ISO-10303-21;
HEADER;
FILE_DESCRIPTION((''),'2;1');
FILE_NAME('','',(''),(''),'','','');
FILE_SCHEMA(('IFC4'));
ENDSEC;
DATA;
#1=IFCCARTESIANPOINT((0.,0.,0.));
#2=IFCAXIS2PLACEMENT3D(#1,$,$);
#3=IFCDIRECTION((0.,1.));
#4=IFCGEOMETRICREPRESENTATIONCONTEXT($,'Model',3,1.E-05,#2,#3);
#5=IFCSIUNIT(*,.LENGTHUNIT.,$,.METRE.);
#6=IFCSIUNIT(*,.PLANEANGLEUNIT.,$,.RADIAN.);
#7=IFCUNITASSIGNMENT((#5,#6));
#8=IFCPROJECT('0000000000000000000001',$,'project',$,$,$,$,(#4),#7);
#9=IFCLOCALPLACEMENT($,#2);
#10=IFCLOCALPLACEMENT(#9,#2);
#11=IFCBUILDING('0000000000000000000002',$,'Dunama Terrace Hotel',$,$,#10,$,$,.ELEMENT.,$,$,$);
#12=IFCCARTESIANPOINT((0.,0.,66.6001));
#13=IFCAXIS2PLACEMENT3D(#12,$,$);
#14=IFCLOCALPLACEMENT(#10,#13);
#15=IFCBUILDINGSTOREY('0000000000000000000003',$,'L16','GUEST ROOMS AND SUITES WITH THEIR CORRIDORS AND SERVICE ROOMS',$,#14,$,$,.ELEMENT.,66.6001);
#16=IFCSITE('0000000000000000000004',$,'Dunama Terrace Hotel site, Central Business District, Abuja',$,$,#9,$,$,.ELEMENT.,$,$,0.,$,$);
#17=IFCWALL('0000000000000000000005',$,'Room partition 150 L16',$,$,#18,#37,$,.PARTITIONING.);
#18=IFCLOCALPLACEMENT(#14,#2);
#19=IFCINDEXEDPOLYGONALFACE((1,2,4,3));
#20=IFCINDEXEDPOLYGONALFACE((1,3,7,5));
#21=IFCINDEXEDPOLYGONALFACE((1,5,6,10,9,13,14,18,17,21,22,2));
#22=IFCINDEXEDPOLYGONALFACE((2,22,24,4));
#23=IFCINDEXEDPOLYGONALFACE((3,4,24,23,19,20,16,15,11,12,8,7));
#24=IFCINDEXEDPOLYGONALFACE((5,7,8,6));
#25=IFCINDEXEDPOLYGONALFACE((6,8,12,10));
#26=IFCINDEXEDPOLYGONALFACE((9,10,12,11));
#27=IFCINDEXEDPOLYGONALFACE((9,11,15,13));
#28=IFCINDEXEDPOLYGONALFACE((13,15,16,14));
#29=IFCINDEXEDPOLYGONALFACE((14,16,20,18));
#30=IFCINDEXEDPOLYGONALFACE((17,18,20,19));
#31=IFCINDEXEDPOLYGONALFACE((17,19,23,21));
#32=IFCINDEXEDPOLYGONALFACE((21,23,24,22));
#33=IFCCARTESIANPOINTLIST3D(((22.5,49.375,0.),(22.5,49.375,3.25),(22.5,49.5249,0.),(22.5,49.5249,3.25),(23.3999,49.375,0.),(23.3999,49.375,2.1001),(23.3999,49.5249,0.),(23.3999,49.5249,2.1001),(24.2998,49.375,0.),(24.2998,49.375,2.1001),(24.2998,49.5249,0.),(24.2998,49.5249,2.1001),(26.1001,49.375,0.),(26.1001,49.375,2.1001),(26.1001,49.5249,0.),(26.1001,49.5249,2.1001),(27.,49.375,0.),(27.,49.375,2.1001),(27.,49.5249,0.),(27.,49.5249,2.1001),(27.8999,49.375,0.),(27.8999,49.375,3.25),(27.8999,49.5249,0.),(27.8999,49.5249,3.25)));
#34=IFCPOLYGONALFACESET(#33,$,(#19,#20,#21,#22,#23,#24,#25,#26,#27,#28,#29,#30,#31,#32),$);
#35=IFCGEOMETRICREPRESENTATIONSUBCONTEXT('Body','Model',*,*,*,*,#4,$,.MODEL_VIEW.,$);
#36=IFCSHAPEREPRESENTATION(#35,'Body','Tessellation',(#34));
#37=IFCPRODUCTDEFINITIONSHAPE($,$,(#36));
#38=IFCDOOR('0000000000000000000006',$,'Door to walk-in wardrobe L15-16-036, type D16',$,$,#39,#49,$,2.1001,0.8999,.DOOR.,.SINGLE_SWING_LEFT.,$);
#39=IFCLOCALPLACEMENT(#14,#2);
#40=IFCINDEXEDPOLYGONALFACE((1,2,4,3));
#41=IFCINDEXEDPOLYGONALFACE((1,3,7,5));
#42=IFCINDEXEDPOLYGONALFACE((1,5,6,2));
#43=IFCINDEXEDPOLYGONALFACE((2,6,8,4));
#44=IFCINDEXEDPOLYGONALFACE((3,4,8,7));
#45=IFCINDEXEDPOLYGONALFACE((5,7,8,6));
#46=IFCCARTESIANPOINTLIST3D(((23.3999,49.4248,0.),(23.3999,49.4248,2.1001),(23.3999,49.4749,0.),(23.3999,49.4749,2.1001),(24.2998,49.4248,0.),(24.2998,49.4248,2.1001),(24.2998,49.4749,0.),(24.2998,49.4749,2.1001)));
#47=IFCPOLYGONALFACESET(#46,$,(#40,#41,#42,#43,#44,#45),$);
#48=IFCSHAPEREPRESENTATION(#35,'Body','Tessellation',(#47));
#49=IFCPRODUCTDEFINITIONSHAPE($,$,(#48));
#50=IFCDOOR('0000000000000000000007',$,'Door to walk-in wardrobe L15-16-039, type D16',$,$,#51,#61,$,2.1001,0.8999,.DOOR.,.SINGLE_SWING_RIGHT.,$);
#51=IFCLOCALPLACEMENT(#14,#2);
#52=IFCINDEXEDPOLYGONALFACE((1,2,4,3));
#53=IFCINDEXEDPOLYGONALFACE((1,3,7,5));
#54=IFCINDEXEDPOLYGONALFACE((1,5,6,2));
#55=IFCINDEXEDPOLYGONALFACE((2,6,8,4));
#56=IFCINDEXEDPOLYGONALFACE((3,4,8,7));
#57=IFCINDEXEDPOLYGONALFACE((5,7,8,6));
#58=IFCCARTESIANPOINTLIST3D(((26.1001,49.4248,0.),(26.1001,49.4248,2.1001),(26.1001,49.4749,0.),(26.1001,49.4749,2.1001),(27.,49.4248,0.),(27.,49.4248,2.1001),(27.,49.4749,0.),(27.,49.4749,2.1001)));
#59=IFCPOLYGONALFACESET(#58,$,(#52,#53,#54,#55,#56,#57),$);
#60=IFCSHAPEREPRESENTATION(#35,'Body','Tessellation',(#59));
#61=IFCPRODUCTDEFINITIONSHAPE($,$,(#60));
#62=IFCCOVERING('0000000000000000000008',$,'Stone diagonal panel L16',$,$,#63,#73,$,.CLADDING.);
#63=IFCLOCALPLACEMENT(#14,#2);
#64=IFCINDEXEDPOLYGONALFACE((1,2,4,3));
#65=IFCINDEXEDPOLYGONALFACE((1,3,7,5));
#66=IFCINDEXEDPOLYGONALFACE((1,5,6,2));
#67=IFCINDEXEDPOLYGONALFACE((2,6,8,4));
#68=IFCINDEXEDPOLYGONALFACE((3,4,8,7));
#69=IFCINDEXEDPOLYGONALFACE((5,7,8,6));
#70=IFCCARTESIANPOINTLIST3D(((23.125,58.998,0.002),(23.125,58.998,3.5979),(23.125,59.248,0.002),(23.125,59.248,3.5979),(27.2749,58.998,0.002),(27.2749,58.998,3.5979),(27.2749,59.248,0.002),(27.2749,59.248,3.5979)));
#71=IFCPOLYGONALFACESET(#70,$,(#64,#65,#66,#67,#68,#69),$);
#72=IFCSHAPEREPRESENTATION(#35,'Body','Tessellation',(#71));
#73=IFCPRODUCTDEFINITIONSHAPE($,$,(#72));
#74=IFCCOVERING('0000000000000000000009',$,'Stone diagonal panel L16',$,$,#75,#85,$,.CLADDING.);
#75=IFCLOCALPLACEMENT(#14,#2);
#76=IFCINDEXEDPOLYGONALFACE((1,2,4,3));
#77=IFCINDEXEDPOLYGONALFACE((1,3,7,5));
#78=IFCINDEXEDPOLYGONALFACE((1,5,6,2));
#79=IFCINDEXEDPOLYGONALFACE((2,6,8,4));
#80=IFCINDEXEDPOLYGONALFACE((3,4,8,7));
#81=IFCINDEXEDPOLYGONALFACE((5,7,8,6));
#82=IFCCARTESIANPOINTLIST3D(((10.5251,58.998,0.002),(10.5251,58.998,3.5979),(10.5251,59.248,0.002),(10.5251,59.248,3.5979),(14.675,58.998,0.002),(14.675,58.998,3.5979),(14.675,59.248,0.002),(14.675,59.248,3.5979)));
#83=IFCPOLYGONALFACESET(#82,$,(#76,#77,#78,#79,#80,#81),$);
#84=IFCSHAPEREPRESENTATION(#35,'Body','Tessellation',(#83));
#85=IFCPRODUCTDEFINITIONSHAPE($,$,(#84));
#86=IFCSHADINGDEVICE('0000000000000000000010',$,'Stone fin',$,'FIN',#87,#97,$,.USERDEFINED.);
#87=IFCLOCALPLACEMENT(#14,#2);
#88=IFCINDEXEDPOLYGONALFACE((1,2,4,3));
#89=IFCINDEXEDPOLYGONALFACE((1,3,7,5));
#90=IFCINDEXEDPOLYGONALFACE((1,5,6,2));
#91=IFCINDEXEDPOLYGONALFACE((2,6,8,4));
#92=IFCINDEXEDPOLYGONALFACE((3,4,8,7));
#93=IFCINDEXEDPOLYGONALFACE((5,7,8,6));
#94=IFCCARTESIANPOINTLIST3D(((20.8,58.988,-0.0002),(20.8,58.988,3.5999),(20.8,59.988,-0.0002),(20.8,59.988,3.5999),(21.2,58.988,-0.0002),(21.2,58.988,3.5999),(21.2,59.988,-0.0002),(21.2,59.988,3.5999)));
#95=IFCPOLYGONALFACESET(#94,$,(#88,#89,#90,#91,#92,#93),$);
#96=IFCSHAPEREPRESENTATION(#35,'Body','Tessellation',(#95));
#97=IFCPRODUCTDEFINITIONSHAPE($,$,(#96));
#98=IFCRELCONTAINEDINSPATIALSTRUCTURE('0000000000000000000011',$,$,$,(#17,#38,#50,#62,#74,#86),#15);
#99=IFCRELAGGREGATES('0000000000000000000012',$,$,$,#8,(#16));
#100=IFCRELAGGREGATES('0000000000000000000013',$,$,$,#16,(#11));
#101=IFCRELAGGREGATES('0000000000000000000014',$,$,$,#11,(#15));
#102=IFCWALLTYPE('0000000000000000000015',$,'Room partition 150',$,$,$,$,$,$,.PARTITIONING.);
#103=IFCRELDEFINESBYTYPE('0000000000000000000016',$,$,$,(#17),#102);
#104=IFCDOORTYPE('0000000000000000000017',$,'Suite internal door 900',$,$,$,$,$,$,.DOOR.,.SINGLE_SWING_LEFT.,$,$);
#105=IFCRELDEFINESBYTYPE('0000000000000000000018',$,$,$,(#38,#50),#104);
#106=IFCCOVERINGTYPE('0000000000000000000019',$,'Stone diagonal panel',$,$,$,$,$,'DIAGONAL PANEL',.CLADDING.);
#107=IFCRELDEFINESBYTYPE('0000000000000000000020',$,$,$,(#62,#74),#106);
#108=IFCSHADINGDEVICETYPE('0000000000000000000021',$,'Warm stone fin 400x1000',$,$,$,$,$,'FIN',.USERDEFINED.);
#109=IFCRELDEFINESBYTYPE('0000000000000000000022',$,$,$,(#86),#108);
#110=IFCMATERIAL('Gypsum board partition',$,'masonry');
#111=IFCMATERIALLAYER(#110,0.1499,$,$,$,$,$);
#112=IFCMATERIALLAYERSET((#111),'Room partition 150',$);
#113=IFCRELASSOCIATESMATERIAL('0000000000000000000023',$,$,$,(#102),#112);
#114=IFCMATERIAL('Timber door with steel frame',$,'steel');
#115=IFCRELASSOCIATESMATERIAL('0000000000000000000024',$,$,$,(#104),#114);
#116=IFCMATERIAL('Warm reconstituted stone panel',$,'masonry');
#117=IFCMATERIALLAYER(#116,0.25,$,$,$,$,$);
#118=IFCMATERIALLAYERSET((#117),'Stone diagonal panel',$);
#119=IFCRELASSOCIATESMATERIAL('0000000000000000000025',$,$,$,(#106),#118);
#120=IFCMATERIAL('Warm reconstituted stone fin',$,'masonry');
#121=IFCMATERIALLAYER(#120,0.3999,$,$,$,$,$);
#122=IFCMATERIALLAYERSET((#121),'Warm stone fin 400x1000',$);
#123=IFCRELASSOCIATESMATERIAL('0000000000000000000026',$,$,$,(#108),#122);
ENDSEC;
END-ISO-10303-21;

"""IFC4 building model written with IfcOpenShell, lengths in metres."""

from ifc_helpers import new_model, si_unit, direction, frame, frame_2d, origin, origin_2d, place, context, subcontext, project, spatial, rectangle, extrude, material, layer, layer_set, type_object, element, fill, save


model = new_model("IFC4")

# Units and contexts
model_context = context("Model", 3, precision=1e-05, world=origin(), true_north=direction((0.0, 1.0)))
body_context = subcontext(model_context, "Body", "Model", "MODEL_VIEW")
ifc_project = project(units=[si_unit("LENGTHUNIT", "METRE"), si_unit("PLANEANGLEUNIT", "RADIAN")], contexts=[model_context])

# Site, building, storey
site_placement = place(None, origin())
site = spatial("IfcSite", under=ifc_project, at=site_placement, Name="Dunama Terrace Hotel site, Central Business District, Abuja", CompositionType="ELEMENT", RefElevation=0.0)
building_placement = place(site_placement, origin())
building = spatial("IfcBuilding", under=site, at=building_placement, Name="Dunama Terrace Hotel", CompositionType="ELEMENT")
storey_placement = place(building_placement, frame((0.0, 0.0, 66.6001)))
storey = spatial("IfcBuildingStorey", under=building, at=storey_placement, Name="L16", Description="GUEST ROOMS AND SUITES WITH THEIR CORRIDORS AND SERVICE ROOMS", CompositionType="ELEMENT", Elevation=66.6001)

# Shared definitions
ifc_material_1 = material(Name="Gypsum board partition", Category="masonry")
ifc_layer_1 = layer(ifc_material_1, 0.1499)
ifc_layer_set_1 = layer_set([ifc_layer_1], Name="Room partition 150")
wall_type_1 = type_object("IfcWallType", Name="Room partition 150", PredefinedType="PARTITIONING", material=ifc_layer_set_1)

# Shared definitions
ifc_material_2 = material(Name="Timber door with steel frame", Category="steel")
door_type_1 = type_object("IfcDoorType", Name="Suite internal door 900", OperationType="SINGLE_SWING_LEFT", PredefinedType="DOOR", material=ifc_material_2)

# Wall, openings, doors
wall_1_placement = place(storey_placement, frame((22.5, 49.45, 0.0), z_axis=(0.0, 0.0, 1.0), x_axis=(1.0, 0.0, 0.0)))
wall_1 = element("IfcWall", 1, at=wall_1_placement, inside=storey, type_object=wall_type_1, Name="Room partition 150 L16", PredefinedType="PARTITIONING", context=body_context, shape_type="SweptSolid", body=[
    extrude(rectangle(XDim=5.3999, YDim=0.1499, at=frame_2d((2.7, 0.0))), origin(), (0.0, 0.0, 1.0), 3.25),
])
opening_1_placement = place(wall_1_placement, frame((0.8999, 0.0, 0.0)))
opening_1 = element("IfcOpeningElement", 2, at=opening_1_placement, cuts=wall_1, PredefinedType="OPENING", context=body_context, shape_type="SweptSolid", body=[
    extrude(rectangle(XDim=0.8999, YDim=2.1001, at=frame_2d((0.45, 1.05))), frame((0.0, 0.085, 0.0), z_axis=(0.0, -1.0, 0.0), x_axis=(1.0, 0.0, 0.0)), (0.0, 0.0, 1.0), 0.1699),
])
opening_2_placement = place(wall_1_placement, frame((3.6001, 0.0, 0.0)))
opening_2 = element("IfcOpeningElement", 3, at=opening_2_placement, cuts=wall_1, PredefinedType="OPENING", context=body_context, shape_type="SweptSolid", body=[
    extrude(rectangle(XDim=0.8999, YDim=2.1001, at=frame_2d((0.45, 1.05))), frame((0.0, 0.085, 0.0), z_axis=(0.0, -1.0, 0.0), x_axis=(1.0, 0.0, 0.0)), (0.0, 0.0, 1.0), 0.1699),
])
door_1_placement = place(opening_1_placement, frame((0.8999, 0.0, 0.0), z_axis=(0.0, 0.0, 1.0), x_axis=(-1.0, 0.0, 0.0)))
door_1 = element("IfcDoor", 4, at=door_1_placement, inside=storey, type_object=door_type_1, Name="Door to walk-in wardrobe L15-16-036, type D16", OperationType="SINGLE_SWING_LEFT", OverallHeight=2.1001, OverallWidth=0.8999, PredefinedType="DOOR", context=body_context, shape_type="SweptSolid", body=[
    extrude(rectangle(XDim=0.8999, YDim=2.1001, at=frame_2d((0.45, 1.05))), frame((0.0, 0.0251, 0.0), z_axis=(0.0, -1.0, 0.0), x_axis=(1.0, 0.0, 0.0)), (0.0, 0.0, 1.0), 0.05),
])
fill(opening_1, door_1)
door_2_placement = place(opening_2_placement, frame((0.8999, 0.0, 0.0), z_axis=(0.0, 0.0, 1.0), x_axis=(-1.0, 0.0, 0.0)))
door_2 = element("IfcDoor", 5, at=door_2_placement, inside=storey, type_object=door_type_1, Name="Door to walk-in wardrobe L15-16-039, type D16", OperationType="SINGLE_SWING_RIGHT", OverallHeight=2.1001, OverallWidth=0.8999, PredefinedType="DOOR", context=body_context, shape_type="SweptSolid", body=[
    extrude(rectangle(XDim=0.8999, YDim=2.1001, at=frame_2d((0.45, 1.05))), frame((0.0, 0.0251, 0.0), z_axis=(0.0, -1.0, 0.0), x_axis=(1.0, 0.0, 0.0)), (0.0, 0.0, 1.0), 0.05),
])
fill(opening_2, door_2)

# Coverings
ifc_material_3 = material(Name="Warm reconstituted stone panel", Category="masonry")
ifc_layer_2 = layer(ifc_material_3, 0.25)
ifc_layer_set_2 = layer_set([ifc_layer_2], Name="Stone diagonal panel")
covering_type = type_object("IfcCoveringType", Name="Stone diagonal panel", ElementType="DIAGONAL PANEL", PredefinedType="CLADDING", material=ifc_layer_set_2)
for number, where, z_axis, x_axis, name in (
    (6, (25.2, 59.123, 0.002), (0.0, 0.0, 1.0), (-1.0, 0.0, 0.0), "Stone diagonal panel L16"),
    (7, (12.6001, 59.123, 0.002), (0.0, 0.0, 1.0), (-1.0, 0.0, 0.0), "Stone diagonal panel L16"),
):
    element("IfcCovering", number, at=place(storey_placement, frame(where, z_axis=z_axis, x_axis=x_axis)), inside=storey, type_object=covering_type, Name=name, PredefinedType="CLADDING", context=body_context, shape_type="SweptSolid", body=[
        extrude(rectangle(XDim=4.1499, YDim=0.25, at=origin_2d()), origin(), (0.0, 0.0, 1.0), 3.5959),
    ])

# Shading device
ifc_material_4 = material(Name="Warm reconstituted stone fin", Category="masonry")
ifc_layer_3 = layer(ifc_material_4, 0.3999)
ifc_layer_set_3 = layer_set([ifc_layer_3], Name="Warm stone fin 400x1000")
shading_device_type = type_object("IfcShadingDeviceType", Name="Warm stone fin 400x1000", ElementType="FIN", PredefinedType="USERDEFINED", material=ifc_layer_set_3)
shading_device_placement = place(storey_placement, frame((21.0, 59.488, -0.0002), z_axis=(0.0, 0.0, 1.0), x_axis=(-1.0, 0.0, 0.0)))
element("IfcShadingDevice", 8, at=shading_device_placement, inside=storey, type_object=shading_device_type, Name="Stone fin", ObjectType="FIN", PredefinedType="USERDEFINED", context=body_context, shape_type="SweptSolid", body=[
    extrude(rectangle(XDim=0.3999, YDim=1.0, at=origin_2d()), origin(), (0.0, 0.0, 1.0), 3.6001),
])

save(model, "model.ifc")
